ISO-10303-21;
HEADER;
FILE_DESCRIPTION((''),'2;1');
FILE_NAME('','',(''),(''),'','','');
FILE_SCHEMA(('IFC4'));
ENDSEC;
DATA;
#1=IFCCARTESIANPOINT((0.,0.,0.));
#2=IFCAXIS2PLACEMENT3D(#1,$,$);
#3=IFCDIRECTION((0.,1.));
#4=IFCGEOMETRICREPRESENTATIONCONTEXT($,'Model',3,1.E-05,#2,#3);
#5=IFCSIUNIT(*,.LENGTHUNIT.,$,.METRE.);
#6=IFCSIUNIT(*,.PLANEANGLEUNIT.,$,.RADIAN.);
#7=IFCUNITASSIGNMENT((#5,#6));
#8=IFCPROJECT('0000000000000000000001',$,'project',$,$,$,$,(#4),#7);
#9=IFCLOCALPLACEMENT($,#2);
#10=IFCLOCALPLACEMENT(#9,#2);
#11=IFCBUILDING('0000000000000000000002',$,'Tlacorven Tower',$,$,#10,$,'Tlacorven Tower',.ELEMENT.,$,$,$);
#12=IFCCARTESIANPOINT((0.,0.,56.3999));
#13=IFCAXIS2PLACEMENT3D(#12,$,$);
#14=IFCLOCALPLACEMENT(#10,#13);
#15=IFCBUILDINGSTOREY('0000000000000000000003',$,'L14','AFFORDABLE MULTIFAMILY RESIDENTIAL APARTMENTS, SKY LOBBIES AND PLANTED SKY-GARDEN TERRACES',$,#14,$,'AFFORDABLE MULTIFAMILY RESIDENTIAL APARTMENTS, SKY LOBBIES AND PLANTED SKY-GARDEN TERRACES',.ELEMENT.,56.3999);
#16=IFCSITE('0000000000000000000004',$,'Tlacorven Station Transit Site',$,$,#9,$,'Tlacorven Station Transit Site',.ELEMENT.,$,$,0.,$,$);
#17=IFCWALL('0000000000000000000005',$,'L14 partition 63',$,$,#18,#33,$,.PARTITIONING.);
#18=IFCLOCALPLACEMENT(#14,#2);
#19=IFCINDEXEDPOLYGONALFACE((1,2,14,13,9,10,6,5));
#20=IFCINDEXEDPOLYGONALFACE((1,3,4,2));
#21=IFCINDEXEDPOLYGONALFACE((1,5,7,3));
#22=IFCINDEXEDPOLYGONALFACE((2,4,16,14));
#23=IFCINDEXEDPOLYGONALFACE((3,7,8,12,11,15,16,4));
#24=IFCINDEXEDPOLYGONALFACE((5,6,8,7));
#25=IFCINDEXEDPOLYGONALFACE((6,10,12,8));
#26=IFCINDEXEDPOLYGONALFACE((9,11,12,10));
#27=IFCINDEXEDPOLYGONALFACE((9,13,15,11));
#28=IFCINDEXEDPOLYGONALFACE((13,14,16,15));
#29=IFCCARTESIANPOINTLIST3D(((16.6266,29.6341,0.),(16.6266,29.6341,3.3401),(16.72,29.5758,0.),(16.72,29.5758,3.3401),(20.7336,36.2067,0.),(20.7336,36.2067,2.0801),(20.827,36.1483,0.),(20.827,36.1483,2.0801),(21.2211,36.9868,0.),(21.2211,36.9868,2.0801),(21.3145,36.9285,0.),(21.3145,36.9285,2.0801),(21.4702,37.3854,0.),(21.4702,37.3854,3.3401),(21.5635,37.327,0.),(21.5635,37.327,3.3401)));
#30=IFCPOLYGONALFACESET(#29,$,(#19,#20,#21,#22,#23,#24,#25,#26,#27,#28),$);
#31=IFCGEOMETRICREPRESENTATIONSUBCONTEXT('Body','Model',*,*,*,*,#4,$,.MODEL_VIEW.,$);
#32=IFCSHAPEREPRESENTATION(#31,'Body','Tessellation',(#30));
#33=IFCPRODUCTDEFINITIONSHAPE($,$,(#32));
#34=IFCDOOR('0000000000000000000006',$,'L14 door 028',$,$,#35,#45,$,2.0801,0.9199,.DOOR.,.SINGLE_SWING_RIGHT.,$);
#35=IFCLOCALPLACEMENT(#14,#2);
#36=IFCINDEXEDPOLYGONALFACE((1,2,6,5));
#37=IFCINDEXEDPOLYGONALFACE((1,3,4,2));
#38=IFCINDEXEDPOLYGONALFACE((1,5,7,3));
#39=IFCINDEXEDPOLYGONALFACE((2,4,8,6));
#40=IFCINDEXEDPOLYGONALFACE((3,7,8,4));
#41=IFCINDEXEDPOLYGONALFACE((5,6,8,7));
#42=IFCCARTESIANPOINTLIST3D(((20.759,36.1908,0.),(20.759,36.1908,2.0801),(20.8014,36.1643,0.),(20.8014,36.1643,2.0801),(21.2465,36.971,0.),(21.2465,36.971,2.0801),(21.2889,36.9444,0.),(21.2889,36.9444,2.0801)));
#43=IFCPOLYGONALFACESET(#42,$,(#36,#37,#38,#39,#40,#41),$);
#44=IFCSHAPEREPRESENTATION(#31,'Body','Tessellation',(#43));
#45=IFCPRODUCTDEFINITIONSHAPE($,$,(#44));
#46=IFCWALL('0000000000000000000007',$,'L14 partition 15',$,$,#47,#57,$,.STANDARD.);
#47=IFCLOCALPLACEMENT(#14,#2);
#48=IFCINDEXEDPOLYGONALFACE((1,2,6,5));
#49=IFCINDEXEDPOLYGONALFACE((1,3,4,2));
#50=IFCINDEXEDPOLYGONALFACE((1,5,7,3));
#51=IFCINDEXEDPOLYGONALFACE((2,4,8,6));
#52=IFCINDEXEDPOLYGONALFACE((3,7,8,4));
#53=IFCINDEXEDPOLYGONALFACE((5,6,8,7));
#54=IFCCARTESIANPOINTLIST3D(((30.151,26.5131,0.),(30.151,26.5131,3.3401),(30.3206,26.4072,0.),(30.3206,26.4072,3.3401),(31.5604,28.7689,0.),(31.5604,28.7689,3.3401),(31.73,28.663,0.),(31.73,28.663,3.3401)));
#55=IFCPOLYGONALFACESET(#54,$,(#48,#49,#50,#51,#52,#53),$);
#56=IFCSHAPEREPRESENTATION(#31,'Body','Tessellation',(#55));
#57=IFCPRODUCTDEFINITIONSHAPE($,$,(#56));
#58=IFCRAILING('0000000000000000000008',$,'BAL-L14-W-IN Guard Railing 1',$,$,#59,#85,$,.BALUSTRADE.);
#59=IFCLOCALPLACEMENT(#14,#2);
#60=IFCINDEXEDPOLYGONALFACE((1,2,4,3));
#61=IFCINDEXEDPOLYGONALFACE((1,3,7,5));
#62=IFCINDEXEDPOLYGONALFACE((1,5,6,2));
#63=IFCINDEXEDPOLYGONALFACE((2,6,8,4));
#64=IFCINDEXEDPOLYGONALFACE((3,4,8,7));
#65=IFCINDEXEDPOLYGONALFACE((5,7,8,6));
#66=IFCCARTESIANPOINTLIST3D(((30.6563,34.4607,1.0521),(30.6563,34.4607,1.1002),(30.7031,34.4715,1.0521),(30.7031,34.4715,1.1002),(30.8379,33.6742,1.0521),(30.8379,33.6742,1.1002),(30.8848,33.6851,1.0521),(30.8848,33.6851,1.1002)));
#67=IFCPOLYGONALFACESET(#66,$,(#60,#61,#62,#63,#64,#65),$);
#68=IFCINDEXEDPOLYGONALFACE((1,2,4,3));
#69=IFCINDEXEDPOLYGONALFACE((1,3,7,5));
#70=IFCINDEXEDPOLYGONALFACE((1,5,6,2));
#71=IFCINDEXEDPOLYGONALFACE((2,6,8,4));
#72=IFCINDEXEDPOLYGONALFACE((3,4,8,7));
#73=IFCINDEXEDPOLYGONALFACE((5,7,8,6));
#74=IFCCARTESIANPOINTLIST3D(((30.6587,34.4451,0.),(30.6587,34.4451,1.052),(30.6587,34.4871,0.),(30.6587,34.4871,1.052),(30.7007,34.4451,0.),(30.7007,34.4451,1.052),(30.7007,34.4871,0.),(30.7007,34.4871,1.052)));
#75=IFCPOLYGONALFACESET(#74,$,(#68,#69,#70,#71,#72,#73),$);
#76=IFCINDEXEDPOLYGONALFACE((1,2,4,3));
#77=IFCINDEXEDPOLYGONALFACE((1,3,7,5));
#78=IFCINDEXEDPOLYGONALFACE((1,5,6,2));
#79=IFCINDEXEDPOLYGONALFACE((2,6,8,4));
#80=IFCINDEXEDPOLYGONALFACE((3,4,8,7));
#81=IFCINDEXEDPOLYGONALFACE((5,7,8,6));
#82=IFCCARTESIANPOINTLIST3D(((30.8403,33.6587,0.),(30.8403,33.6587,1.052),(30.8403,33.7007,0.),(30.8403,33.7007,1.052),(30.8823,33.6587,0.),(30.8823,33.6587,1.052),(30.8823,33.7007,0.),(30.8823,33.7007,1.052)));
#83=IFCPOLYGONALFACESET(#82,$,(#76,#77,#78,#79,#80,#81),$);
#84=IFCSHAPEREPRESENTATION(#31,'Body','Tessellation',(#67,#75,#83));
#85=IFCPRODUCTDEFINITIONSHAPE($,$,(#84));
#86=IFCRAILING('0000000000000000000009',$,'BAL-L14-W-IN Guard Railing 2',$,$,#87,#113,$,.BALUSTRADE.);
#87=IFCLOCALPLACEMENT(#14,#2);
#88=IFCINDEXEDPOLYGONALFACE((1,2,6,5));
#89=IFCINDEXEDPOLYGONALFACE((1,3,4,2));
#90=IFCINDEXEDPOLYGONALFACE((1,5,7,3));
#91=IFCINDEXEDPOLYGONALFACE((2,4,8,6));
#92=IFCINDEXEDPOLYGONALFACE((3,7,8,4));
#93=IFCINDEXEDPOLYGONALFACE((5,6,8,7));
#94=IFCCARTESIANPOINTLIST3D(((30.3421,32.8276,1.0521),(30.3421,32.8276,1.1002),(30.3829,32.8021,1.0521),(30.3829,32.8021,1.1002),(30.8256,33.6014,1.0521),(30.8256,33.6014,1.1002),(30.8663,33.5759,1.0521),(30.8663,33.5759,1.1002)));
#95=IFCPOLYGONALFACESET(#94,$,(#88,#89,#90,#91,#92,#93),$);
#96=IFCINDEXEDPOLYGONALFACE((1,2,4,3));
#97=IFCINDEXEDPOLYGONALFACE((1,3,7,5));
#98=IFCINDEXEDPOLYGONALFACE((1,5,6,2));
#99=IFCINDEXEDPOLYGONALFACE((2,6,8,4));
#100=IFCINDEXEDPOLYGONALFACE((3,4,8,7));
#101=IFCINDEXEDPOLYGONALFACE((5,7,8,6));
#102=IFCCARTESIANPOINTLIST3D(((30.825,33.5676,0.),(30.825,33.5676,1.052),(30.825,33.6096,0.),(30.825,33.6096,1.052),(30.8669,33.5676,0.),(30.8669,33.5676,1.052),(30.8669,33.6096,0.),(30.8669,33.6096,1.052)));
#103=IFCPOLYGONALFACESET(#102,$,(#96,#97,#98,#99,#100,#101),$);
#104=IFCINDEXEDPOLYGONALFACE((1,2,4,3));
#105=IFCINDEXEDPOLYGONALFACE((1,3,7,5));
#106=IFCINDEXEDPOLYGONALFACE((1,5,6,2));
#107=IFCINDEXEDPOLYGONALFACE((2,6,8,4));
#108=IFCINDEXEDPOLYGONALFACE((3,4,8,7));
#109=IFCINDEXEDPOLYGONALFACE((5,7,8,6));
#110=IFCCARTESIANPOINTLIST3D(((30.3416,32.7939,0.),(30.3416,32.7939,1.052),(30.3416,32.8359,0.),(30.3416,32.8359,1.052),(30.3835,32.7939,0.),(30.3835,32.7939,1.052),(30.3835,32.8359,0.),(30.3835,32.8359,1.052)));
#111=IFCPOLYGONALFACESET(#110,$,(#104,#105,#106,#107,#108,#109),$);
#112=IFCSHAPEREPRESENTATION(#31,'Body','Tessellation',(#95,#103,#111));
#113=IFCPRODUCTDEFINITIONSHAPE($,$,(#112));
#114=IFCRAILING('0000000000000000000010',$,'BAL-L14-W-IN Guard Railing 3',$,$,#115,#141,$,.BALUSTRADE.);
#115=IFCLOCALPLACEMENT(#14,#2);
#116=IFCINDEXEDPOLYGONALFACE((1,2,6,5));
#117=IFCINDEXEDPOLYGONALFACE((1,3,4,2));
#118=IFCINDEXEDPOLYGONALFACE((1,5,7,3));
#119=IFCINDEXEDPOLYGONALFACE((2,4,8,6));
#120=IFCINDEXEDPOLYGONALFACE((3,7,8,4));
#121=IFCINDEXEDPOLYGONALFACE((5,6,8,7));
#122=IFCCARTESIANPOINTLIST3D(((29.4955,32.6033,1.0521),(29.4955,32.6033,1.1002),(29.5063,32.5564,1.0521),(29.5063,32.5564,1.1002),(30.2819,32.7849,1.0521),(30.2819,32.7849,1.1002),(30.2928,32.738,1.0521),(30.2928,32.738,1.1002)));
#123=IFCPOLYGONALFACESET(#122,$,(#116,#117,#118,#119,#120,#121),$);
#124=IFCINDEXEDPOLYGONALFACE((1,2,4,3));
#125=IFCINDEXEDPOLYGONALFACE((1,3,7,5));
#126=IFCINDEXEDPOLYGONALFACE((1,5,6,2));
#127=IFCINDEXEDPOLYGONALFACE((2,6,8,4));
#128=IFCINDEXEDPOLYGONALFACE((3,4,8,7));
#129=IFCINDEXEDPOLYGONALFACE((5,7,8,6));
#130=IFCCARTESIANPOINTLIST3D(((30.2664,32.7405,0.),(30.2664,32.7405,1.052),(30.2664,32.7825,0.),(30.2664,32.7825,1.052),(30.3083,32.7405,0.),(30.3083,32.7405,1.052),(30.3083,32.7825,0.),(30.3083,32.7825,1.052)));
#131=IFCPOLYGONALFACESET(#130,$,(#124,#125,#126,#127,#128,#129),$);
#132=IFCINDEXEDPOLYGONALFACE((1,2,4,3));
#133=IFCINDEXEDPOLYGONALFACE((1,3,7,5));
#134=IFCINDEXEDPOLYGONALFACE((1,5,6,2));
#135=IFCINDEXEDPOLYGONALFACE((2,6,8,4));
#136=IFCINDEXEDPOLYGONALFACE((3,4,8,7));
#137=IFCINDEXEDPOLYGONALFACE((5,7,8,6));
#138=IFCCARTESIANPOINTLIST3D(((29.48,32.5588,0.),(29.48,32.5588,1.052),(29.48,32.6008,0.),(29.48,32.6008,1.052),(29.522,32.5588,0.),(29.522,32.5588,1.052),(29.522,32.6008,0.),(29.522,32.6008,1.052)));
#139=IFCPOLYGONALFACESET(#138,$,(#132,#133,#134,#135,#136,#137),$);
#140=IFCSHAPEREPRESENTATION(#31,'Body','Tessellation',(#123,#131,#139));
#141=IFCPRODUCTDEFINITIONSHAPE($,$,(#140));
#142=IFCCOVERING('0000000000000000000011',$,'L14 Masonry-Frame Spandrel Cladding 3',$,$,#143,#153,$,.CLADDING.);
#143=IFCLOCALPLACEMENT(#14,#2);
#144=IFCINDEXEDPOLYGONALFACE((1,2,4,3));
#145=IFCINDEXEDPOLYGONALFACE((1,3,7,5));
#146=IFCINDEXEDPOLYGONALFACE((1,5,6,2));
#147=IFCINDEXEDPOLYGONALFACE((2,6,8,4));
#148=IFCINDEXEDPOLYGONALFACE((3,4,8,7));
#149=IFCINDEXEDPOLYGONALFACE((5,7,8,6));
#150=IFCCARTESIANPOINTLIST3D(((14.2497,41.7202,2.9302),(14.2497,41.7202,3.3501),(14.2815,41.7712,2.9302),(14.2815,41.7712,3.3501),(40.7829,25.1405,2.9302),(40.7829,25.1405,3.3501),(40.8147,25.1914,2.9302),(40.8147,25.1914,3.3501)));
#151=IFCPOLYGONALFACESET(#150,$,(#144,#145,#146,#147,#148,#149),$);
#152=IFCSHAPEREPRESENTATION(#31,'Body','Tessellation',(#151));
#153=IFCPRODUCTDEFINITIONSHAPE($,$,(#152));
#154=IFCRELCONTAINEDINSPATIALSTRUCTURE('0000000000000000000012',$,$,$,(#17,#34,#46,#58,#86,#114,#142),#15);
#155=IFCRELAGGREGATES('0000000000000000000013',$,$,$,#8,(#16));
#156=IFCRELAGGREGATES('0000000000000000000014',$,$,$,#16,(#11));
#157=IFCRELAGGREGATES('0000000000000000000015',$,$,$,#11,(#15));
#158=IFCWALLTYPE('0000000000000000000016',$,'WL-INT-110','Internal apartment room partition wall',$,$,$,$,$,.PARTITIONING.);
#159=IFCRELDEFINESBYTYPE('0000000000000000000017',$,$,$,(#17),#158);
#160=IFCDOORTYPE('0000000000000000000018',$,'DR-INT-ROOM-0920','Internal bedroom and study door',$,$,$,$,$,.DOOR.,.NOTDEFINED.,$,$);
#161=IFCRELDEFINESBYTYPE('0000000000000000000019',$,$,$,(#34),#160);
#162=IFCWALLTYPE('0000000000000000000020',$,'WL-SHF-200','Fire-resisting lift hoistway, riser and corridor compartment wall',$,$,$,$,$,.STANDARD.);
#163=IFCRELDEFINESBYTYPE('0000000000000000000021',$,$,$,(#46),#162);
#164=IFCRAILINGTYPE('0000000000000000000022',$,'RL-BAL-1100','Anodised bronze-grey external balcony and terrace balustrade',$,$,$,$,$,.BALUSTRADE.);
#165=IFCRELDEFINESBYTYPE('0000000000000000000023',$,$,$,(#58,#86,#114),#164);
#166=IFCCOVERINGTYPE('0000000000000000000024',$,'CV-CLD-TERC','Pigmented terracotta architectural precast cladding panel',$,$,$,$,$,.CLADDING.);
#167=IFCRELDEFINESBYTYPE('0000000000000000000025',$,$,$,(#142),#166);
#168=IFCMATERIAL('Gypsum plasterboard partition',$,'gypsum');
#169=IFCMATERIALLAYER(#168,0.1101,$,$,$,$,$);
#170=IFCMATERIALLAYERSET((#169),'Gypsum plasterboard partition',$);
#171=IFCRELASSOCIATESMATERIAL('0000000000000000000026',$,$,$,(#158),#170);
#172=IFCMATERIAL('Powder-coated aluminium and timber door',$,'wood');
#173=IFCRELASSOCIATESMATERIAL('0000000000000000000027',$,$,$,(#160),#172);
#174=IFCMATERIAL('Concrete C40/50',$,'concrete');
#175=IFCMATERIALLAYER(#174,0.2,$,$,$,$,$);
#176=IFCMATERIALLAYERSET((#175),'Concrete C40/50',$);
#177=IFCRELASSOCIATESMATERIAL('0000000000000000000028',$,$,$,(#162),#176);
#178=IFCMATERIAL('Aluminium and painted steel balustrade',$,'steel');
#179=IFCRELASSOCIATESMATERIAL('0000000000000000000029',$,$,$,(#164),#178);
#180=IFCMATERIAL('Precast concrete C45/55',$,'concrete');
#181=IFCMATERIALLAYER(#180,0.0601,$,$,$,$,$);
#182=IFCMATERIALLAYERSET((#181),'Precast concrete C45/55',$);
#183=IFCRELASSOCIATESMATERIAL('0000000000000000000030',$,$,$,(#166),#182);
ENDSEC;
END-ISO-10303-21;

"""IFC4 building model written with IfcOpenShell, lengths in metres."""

from ifc_helpers import new_model, si_unit, direction, frame, frame_2d, origin, origin_2d, place, context, subcontext, project, spatial, rectangle, extrude, source, transform, mapped, material, layer, layer_set, type_object, element, fill, save


model = new_model("IFC4")

# Units and contexts
model_context = context("Model", 3, precision=1e-05, world=origin(), true_north=direction((0.0, 1.0)))
body_context = subcontext(model_context, "Body", "Model", "MODEL_VIEW")
ifc_project = project(units=[si_unit("LENGTHUNIT", "METRE"), si_unit("PLANEANGLEUNIT", "RADIAN")], contexts=[model_context])

# Site, building, storey
site_placement = place(None, origin())
site = spatial("IfcSite", under=ifc_project, at=site_placement, Name="Tlacorven Station Transit Site", LongName="Tlacorven Station Transit Site", CompositionType="ELEMENT", RefElevation=0.0)
building_placement = place(site_placement, origin())
building = spatial("IfcBuilding", under=site, at=building_placement, Name="Tlacorven Tower", LongName="Tlacorven Tower", CompositionType="ELEMENT")
storey_placement = place(building_placement, frame((0.0, 0.0, 56.3999)))
storey = spatial("IfcBuildingStorey", under=building, at=storey_placement, Name="L14", Description="AFFORDABLE MULTIFAMILY RESIDENTIAL APARTMENTS, SKY LOBBIES AND PLANTED SKY-GARDEN TERRACES", LongName="AFFORDABLE MULTIFAMILY RESIDENTIAL APARTMENTS, SKY LOBBIES AND PLANTED SKY-GARDEN TERRACES", CompositionType="ELEMENT", Elevation=56.3999)

# Wall, opening, door
ifc_material_1 = material(Name="Gypsum plasterboard partition", Category="gypsum")
ifc_layer_1 = layer(ifc_material_1, 0.1101)
ifc_layer_set_1 = layer_set([ifc_layer_1], Name="Gypsum plasterboard partition")
wall_type_1 = type_object("IfcWallType", Name="WL-INT-110", Description="Internal apartment room partition wall", PredefinedType="PARTITIONING", material=ifc_layer_set_1)
ifc_material_2 = material(Name="Powder-coated aluminium and timber door", Category="wood")
door_type = type_object("IfcDoorType", Name="DR-INT-ROOM-0920", Description="Internal bedroom and study door", OperationType="NOTDEFINED", PredefinedType="DOOR", material=ifc_material_2)
shared_shape_1 = source(origin(), body_context, "Body", "SweptSolid", [
    extrude(rectangle(XDim=0.9199, YDim=2.0801, at=frame_2d((0.46, 1.04))), frame((0.0, 0.0249, 0.0), z_axis=(0.0, -1.0, 0.0), x_axis=(1.0, 0.0, 0.0)), (0.0, 0.0, 1.0), 0.05),
])
wall_1_placement = place(storey_placement, frame((21.5168, 37.3562, 0.0), z_axis=(0.0, 0.0, 1.0), x_axis=(-0.52992, -0.848048, 0.0)))
wall_1 = element("IfcWall", 1, at=wall_1_placement, inside=storey, type_object=wall_type_1, Name="L14 partition 63", PredefinedType="PARTITIONING", context=body_context, shape_type="SweptSolid", body=[
    extrude(rectangle(XDim=9.1401, YDim=0.1101, at=frame_2d((4.5701, 0.0))), origin(), (0.0, 0.0, 1.0), 3.3401),
])
opening_1_placement = place(wall_1_placement, frame((0.47, 0.0, 0.0)))
opening_1 = element("IfcOpeningElement", 2, at=opening_1_placement, cuts=wall_1, PredefinedType="OPENING", context=body_context, shape_type="SweptSolid", body=[
    extrude(rectangle(XDim=0.9199, YDim=2.0801, at=frame_2d((0.46, 1.04))), frame((0.0, 0.0649, 0.0), z_axis=(0.0, -1.0, 0.0), x_axis=(1.0, 0.0, 0.0)), (0.0, 0.0, 1.0), 0.1301),
])
door_1_placement = place(opening_1_placement, origin())
door_1 = element("IfcDoor", 3, at=door_1_placement, inside=storey, type_object=door_type, Name="L14 door 028", OperationType="SINGLE_SWING_RIGHT", OverallHeight=2.0801, OverallWidth=0.9199, PredefinedType="DOOR", context=body_context, shape_type="MappedRepresentation", body=[
    mapped(shared_shape_1, transform((0.0, 0.0, 0.0), scale=1.0)),
])
fill(opening_1, door_1)

# Wall
ifc_material_3 = material(Name="Concrete C40/50", Category="concrete")
ifc_layer_2 = layer(ifc_material_3, 0.2)
ifc_layer_set_2 = layer_set([ifc_layer_2], Name="Concrete C40/50")
wall_type_2 = type_object("IfcWallType", Name="WL-SHF-200", Description="Fire-resisting lift hoistway, riser and corridor compartment wall", PredefinedType="STANDARD", material=ifc_layer_set_2)
wall_2_placement = place(storey_placement, frame((31.6453, 28.7161, 0.0), z_axis=(0.0, 0.0, 1.0), x_axis=(-0.529867, -0.848081, 0.0)))
element("IfcWall", 4, at=wall_2_placement, inside=storey, type_object=wall_type_2, Name="L14 partition 15", PredefinedType="STANDARD", context=body_context, shape_type="SweptSolid", body=[
    extrude(rectangle(XDim=2.6599, YDim=0.2, at=frame_2d((1.3301, 0.0))), origin(), (0.0, 0.0, 1.0), 3.3401),
])

# Railings
ifc_material_4 = material(Name="Aluminium and painted steel balustrade", Category="steel")
railing_type = type_object("IfcRailingType", Name="RL-BAL-1100", Description="Anodised bronze-grey external balcony and terrace balustrade", PredefinedType="BALUSTRADE", material=ifc_material_4)
shared_shape_2 = source(origin(), body_context, "Body", "SweptSolid", [
    extrude(rectangle(XDim=0.0481, YDim=0.0481, at=origin_2d()), frame((0.0, 0.0, 1.0762), z_axis=(0.225058, -0.974345, 0.0), x_axis=(0.974345, 0.225058, 0.0)), (0.0, 0.0, 1.0), 0.8071),
    extrude(rectangle(XDim=0.042, YDim=0.042, at=origin_2d()), origin(), (0.0, 0.0, 1.0), 1.052),
    extrude(rectangle(XDim=0.042, YDim=0.042, at=origin_2d()), frame((0.1816, -0.7864, 0.0)), (0.0, 0.0, 1.0), 1.052),
])
railing_1_placement = place(storey_placement, frame((30.6797, 34.4661, 0.0)))
element("IfcRailing", 5, at=railing_1_placement, inside=storey, type_object=railing_type, Name="BAL-L14-W-IN Guard Railing 1", PredefinedType="BALUSTRADE", context=body_context, shape_type="MappedRepresentation", body=[
    mapped(shared_shape_2, transform((0.0, 0.0, 0.0), scale=1.0)),
])
shared_shape_3 = source(origin(), body_context, "Body", "SweptSolid", [
    extrude(rectangle(XDim=0.0481, YDim=0.0481, at=origin_2d()), frame((0.0, 0.0, 1.0762), z_axis=(-0.529879, -0.848073, 0.0), x_axis=(0.848073, -0.529879, 0.0)), (0.0, 0.0, 1.0), 0.9124),
    extrude(rectangle(XDim=0.042, YDim=0.042, at=origin_2d()), origin(), (0.0, 0.0, 1.0), 1.052),
    extrude(rectangle(XDim=0.042, YDim=0.042, at=origin_2d()), frame((-0.4834, -0.7737, 0.0)), (0.0, 0.0, 1.0), 1.052),
])
railing_2_placement = place(storey_placement, frame((30.8459, 33.5886, 0.0)))
element("IfcRailing", 6, at=railing_2_placement, inside=storey, type_object=railing_type, Name="BAL-L14-W-IN Guard Railing 2", PredefinedType="BALUSTRADE", context=body_context, shape_type="MappedRepresentation", body=[
    mapped(shared_shape_3, transform((0.0, 0.0, 0.0), scale=1.0)),
])
shared_shape_4 = source(origin(), body_context, "Body", "SweptSolid", [
    extrude(rectangle(XDim=0.0481, YDim=0.0481, at=origin_2d()), frame((0.0, 0.0, 1.0762), z_axis=(-0.974345, -0.225058, 0.0), x_axis=(0.225058, -0.974345, 0.0)), (0.0, 0.0, 1.0), 0.8071),
    extrude(rectangle(XDim=0.042, YDim=0.042, at=origin_2d()), origin(), (0.0, 0.0, 1.0), 1.052),
    extrude(rectangle(XDim=0.042, YDim=0.042, at=origin_2d()), frame((-0.7864, -0.1816, 0.0)), (0.0, 0.0, 1.0), 1.052),
])
railing_3_placement = place(storey_placement, frame((30.2874, 32.7615, 0.0)))
element("IfcRailing", 7, at=railing_3_placement, inside=storey, type_object=railing_type, Name="BAL-L14-W-IN Guard Railing 3", PredefinedType="BALUSTRADE", context=body_context, shape_type="MappedRepresentation", body=[
    mapped(shared_shape_4, transform((0.0, 0.0, 0.0), scale=1.0)),
])

# Covering
ifc_material_5 = material(Name="Precast concrete C45/55", Category="concrete")
ifc_layer_3 = layer(ifc_material_5, 0.0601)
ifc_layer_set_3 = layer_set([ifc_layer_3], Name="Precast concrete C45/55")
covering_type = type_object("IfcCoveringType", Name="CV-CLD-TERC", Description="Pigmented terracotta architectural precast cladding panel", PredefinedType="CLADDING", material=ifc_layer_set_3)
shared_shape_5 = source(origin(), body_context, "Body", "SweptSolid", [
    extrude(rectangle(XDim=31.2874, YDim=0.0601, at=origin_2d()), origin(), (0.0, 0.0, 1.0), 0.4199),
])
covering_placement = place(storey_placement, frame((27.5322, 33.4558, 2.9302), z_axis=(0.0, 0.0, 1.0), x_axis=(0.848048, -0.529919, 0.0)))
element("IfcCovering", 8, at=covering_placement, inside=storey, type_object=covering_type, Name="L14 Masonry-Frame Spandrel Cladding 3", PredefinedType="CLADDING", context=body_context, shape_type="MappedRepresentation", body=[
    mapped(shared_shape_5, transform((0.0, 0.0, 0.0), scale=1.0)),
])

save(model, "model.ifc")
